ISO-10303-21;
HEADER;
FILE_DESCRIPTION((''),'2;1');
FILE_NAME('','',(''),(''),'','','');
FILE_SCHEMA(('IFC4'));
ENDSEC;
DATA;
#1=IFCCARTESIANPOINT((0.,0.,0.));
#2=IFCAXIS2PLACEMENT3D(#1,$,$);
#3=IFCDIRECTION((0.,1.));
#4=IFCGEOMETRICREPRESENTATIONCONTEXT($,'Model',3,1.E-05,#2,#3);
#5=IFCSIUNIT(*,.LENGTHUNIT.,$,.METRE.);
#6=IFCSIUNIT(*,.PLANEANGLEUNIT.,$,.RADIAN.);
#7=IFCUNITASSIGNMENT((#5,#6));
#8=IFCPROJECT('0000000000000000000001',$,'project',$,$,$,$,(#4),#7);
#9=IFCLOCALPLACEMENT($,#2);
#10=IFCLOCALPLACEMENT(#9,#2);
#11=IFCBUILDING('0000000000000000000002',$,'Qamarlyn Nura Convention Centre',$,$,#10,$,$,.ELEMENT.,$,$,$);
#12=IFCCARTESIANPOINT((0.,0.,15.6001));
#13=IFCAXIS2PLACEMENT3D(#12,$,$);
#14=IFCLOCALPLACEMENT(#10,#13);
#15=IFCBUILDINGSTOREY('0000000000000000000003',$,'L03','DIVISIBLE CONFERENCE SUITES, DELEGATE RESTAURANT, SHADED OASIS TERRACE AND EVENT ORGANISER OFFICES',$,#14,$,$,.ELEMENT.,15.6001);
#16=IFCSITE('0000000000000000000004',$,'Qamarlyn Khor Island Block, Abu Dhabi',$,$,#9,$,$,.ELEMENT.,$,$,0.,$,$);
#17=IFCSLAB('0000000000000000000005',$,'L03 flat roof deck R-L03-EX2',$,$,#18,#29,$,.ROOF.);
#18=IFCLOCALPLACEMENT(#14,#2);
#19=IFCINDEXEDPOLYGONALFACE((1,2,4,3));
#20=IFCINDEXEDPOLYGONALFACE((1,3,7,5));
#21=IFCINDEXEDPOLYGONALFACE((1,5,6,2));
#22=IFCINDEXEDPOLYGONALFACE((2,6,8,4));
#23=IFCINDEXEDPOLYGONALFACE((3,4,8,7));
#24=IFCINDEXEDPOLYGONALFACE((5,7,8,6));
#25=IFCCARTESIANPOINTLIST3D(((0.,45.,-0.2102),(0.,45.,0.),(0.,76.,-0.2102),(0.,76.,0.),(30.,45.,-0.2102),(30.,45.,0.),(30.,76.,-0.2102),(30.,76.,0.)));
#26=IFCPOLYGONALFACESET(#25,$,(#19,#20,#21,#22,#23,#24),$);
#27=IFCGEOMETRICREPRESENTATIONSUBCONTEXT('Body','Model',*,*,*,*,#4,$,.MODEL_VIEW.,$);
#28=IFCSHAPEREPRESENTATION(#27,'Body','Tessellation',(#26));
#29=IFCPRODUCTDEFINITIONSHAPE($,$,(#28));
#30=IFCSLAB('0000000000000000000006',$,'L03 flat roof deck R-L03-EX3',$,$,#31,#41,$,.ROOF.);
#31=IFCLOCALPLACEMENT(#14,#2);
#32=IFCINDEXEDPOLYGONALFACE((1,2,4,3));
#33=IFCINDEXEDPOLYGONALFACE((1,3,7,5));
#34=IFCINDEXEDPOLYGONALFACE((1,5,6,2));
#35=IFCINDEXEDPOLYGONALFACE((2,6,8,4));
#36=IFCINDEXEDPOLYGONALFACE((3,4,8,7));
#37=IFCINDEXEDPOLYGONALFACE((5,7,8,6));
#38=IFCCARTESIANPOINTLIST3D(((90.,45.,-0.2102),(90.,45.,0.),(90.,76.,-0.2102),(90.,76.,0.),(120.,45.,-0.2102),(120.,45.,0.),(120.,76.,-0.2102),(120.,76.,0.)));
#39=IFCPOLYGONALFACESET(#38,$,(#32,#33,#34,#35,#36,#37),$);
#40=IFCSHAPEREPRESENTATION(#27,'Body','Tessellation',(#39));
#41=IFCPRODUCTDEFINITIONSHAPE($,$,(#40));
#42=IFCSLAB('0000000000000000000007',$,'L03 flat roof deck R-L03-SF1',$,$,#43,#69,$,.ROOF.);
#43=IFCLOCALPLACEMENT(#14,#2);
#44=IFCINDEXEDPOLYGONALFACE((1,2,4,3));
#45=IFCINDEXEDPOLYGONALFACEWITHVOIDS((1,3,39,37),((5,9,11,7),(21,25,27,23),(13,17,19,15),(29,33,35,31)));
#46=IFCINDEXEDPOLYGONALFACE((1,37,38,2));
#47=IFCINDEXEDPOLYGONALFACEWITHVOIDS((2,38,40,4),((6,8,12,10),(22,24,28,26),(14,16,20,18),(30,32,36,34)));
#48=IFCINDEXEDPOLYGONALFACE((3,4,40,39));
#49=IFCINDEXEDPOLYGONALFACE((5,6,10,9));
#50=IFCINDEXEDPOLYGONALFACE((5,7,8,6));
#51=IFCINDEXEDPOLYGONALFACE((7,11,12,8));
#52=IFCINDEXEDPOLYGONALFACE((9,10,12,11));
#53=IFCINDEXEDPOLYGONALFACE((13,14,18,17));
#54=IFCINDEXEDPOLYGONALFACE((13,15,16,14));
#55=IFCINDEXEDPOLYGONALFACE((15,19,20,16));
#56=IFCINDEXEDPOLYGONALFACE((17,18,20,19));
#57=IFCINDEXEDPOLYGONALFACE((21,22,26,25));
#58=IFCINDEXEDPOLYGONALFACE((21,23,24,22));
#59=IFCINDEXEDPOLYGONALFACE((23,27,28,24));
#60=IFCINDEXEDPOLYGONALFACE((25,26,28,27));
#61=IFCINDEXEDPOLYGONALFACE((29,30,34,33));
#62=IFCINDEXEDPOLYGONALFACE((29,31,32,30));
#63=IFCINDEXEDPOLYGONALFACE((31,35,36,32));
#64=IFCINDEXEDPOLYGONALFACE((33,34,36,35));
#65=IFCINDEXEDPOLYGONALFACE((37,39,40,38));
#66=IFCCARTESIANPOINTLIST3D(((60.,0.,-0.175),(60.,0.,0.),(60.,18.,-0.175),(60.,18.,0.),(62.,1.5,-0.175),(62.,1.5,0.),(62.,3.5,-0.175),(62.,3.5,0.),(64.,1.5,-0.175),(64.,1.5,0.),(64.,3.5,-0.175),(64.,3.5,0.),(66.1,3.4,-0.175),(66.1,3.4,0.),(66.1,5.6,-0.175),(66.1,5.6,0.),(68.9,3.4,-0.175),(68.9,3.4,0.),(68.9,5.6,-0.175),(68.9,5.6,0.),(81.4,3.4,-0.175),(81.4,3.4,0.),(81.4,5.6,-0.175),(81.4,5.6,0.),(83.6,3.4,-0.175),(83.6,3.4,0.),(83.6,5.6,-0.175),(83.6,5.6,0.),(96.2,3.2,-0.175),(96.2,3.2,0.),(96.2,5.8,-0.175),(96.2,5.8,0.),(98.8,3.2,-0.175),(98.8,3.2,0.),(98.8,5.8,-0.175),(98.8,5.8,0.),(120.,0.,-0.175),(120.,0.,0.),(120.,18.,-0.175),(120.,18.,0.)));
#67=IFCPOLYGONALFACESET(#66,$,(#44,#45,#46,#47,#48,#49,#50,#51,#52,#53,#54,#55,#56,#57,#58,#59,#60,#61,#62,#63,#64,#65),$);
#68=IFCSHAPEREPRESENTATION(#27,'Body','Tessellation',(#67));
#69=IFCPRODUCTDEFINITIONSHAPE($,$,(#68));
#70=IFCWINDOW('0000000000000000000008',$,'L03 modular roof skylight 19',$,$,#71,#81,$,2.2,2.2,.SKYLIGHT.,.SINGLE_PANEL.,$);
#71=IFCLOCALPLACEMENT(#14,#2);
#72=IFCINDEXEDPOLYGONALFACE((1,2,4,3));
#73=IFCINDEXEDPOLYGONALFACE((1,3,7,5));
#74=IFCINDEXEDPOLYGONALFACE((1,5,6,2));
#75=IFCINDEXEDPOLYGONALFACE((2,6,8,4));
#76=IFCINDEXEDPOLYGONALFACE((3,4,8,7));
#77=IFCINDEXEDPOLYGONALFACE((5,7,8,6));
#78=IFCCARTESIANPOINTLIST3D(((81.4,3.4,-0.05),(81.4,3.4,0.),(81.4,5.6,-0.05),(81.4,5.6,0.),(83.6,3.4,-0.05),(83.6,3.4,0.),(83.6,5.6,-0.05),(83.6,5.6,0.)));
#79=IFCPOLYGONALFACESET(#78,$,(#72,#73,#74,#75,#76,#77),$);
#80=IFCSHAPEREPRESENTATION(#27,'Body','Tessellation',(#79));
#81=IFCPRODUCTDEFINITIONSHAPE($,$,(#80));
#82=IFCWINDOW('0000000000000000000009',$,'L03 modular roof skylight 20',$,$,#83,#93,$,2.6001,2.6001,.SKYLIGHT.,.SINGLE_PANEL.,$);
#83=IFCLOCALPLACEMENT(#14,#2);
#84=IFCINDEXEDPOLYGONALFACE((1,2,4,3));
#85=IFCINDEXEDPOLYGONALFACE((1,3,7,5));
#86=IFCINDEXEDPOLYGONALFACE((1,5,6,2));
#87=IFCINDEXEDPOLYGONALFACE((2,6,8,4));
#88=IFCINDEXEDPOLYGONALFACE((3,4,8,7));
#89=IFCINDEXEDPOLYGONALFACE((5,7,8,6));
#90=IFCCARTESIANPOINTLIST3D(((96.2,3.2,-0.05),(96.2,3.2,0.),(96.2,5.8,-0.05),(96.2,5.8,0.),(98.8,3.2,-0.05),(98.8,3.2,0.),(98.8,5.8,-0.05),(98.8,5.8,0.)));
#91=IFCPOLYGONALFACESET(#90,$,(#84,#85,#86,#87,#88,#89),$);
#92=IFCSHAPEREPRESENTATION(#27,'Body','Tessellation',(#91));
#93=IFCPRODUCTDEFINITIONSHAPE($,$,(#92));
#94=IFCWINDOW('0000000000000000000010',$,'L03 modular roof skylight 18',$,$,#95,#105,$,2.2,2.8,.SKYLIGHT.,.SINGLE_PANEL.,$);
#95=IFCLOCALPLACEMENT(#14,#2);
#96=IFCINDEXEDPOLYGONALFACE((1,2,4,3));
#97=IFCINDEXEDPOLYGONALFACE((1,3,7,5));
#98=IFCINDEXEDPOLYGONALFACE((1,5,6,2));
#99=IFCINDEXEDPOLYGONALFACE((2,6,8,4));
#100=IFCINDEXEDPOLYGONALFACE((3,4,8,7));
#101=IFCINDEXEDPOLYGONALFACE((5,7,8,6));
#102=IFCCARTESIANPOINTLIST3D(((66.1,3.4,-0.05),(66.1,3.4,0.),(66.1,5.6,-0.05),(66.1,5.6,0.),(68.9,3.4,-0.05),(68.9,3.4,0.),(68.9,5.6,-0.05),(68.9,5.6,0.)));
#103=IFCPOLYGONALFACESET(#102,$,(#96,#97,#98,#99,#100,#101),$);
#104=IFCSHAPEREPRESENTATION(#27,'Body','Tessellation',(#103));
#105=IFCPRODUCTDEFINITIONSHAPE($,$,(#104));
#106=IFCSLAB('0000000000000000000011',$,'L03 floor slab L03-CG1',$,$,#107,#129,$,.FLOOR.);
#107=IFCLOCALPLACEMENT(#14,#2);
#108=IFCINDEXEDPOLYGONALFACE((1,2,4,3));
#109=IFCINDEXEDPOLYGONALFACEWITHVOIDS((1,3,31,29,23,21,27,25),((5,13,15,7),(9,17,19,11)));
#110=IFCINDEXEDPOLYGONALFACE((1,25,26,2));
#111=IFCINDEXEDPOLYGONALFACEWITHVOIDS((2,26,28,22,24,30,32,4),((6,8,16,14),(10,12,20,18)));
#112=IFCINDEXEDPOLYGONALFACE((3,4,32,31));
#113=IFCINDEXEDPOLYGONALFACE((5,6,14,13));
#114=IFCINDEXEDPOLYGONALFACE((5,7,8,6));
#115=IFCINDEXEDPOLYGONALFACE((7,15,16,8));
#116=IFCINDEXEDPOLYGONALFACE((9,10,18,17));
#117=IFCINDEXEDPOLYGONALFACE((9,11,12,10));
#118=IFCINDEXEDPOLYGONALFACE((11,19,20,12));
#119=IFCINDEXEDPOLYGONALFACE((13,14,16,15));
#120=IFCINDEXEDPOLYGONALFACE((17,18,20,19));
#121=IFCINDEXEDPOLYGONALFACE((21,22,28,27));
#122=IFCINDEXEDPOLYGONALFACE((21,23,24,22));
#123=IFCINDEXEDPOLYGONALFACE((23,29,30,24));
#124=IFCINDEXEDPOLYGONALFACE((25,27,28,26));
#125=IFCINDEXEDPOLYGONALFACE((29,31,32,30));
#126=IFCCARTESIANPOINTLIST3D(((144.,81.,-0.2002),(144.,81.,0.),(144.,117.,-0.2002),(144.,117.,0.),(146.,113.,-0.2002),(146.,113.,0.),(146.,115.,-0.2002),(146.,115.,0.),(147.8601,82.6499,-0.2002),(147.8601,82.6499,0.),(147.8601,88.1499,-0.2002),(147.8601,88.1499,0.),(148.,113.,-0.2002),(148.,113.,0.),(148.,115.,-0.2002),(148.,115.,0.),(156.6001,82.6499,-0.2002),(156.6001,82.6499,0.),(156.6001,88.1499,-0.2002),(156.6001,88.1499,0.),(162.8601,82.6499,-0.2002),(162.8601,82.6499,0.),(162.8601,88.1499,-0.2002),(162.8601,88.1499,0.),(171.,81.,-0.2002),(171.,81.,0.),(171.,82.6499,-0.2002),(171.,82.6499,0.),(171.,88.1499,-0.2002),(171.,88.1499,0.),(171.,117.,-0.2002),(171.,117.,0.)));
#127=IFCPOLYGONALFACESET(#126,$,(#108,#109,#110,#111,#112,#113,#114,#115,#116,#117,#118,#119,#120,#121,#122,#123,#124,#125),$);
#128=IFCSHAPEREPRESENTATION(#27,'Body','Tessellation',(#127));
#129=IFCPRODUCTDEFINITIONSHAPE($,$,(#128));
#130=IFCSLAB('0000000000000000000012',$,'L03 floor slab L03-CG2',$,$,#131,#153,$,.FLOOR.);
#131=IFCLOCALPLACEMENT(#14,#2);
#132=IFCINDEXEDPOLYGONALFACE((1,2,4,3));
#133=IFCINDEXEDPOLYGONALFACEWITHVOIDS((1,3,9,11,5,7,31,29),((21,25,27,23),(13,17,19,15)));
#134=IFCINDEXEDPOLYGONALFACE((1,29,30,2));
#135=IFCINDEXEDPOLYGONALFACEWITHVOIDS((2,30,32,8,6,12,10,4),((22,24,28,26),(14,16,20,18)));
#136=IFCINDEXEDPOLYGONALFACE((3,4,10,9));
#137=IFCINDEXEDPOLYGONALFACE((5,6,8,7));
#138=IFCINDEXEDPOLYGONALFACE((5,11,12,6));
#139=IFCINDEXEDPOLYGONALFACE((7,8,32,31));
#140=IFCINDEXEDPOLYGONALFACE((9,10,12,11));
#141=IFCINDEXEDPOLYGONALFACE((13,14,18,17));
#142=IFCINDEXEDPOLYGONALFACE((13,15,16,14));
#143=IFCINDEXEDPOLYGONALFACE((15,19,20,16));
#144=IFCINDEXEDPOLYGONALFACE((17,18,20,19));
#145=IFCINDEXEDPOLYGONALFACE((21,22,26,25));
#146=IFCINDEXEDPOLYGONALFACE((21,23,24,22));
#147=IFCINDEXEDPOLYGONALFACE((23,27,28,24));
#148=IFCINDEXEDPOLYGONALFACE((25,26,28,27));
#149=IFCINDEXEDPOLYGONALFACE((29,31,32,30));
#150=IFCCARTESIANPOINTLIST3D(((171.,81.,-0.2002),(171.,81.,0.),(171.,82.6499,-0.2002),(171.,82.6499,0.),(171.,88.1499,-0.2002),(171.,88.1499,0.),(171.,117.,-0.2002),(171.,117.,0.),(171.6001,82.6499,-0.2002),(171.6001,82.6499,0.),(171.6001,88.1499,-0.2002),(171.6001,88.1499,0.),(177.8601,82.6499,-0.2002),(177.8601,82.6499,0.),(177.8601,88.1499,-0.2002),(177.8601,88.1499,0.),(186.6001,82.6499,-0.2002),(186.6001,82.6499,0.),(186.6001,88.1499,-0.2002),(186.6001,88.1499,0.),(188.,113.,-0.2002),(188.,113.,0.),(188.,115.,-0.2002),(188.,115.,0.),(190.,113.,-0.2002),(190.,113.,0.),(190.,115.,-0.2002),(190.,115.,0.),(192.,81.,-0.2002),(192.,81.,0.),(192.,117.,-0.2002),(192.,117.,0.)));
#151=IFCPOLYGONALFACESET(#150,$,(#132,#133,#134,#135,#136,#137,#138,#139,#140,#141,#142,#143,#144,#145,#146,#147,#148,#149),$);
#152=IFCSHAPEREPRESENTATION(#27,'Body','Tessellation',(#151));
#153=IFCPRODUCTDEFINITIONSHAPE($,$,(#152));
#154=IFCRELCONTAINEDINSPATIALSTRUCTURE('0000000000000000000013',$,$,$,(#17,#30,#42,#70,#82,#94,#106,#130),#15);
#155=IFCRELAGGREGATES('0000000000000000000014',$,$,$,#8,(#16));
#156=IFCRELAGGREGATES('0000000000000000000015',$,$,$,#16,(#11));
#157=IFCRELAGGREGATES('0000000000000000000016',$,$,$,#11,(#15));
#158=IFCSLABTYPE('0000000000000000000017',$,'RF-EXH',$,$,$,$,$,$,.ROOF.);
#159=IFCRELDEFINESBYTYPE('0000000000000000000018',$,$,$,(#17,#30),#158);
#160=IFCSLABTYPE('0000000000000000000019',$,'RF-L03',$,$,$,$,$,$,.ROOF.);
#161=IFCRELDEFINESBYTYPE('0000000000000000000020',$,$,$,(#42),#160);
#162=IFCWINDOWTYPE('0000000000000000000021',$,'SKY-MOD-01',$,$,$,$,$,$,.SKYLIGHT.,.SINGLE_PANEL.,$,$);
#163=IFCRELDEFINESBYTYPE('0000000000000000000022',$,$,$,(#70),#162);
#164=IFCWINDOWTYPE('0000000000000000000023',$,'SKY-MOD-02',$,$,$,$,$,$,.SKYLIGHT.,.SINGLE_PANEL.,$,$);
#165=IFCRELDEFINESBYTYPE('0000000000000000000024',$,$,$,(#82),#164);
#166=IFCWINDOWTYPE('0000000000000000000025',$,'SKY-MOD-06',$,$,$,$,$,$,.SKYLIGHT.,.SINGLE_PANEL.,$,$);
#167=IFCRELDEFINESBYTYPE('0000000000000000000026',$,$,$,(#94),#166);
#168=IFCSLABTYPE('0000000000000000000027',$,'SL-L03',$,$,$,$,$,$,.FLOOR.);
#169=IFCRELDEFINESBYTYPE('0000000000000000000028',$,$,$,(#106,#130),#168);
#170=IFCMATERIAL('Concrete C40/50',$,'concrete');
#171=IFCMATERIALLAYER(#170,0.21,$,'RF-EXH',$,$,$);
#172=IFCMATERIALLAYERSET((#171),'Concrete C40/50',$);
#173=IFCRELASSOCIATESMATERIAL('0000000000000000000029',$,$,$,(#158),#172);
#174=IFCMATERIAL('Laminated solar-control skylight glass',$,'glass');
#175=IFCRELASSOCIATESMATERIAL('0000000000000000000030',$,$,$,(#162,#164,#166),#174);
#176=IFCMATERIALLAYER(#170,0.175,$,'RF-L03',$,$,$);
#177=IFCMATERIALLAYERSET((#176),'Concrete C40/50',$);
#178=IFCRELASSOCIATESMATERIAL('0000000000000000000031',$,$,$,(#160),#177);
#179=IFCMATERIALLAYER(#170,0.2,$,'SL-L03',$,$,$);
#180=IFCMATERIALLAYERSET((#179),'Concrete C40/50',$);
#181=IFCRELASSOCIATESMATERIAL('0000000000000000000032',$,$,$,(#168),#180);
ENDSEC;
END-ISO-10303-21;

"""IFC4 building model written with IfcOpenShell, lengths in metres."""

from ifc_helpers import new_model, si_unit, direction, frame, origin, origin_2d, place, context, subcontext, project, spatial, polyline, rectangle, outline, extrude, material, layer, layer_set, type_object, element, fill, save


model = new_model("IFC4")

# Units and contexts
model_context = context("Model", 3, precision=1e-05, world=origin(), true_north=direction((0.0, 1.0)))
body_context = subcontext(model_context, "Body", "Model", "MODEL_VIEW")
ifc_project = project(units=[si_unit("LENGTHUNIT", "METRE"), si_unit("PLANEANGLEUNIT", "RADIAN")], contexts=[model_context])

# Site, building, storey
site_placement = place(None, origin())
site = spatial("IfcSite", under=ifc_project, at=site_placement, Name="Qamarlyn Khor Island Block, Abu Dhabi", CompositionType="ELEMENT", RefElevation=0.0)
building_placement = place(site_placement, origin())
building = spatial("IfcBuilding", under=site, at=building_placement, Name="Qamarlyn Nura Convention Centre", CompositionType="ELEMENT")
storey_placement = place(building_placement, frame((0.0, 0.0, 15.6001)))
storey = spatial("IfcBuildingStorey", under=building, at=storey_placement, Name="L03", Description="DIVISIBLE CONFERENCE SUITES, DELEGATE RESTAURANT, SHADED OASIS TERRACE AND EVENT ORGANISER OFFICES", CompositionType="ELEMENT", Elevation=15.6001)

# Shared definitions
ifc_material_1 = material(Name="Concrete C40/50", Category="concrete")
ifc_layer_1 = layer(ifc_material_1, 0.21, Name="RF-EXH")
ifc_layer_set_1 = layer_set([ifc_layer_1], Name="Concrete C40/50")
slab_type_1 = type_object("IfcSlabType", Name="RF-EXH", PredefinedType="ROOF", material=ifc_layer_set_1)
ifc_material_2 = material(Name="Laminated solar-control skylight glass", Category="glass")
window_type_1 = type_object("IfcWindowType", Name="SKY-MOD-01", PartitioningType="SINGLE_PANEL", PredefinedType="SKYLIGHT", material=ifc_material_2)
window_type_2 = type_object("IfcWindowType", Name="SKY-MOD-02", PartitioningType="SINGLE_PANEL", PredefinedType="SKYLIGHT", material=ifc_material_2)
window_type_3 = type_object("IfcWindowType", Name="SKY-MOD-06", PartitioningType="SINGLE_PANEL", PredefinedType="SKYLIGHT", material=ifc_material_2)

# Slabs
slab_1_placement = place(storey_placement, frame((0.0, 0.0, -0.2102)))
element("IfcSlab", 1, at=slab_1_placement, inside=storey, type_object=slab_type_1, Name="L03 flat roof deck R-L03-EX2", PredefinedType="ROOF", context=body_context, shape_type="SweptSolid", body=[
    extrude(outline(polyline([(30.0, 45.0), (30.0, 76.0), (0.0, 76.0), (0.0, 45.0), (30.0, 45.0)])), origin(), (0.0, 0.0, 1.0), 0.2102),
])
slab_2_placement = place(storey_placement, frame((0.0, 0.0, -0.2102)))
element("IfcSlab", 2, at=slab_2_placement, inside=storey, type_object=slab_type_1, Name="L03 flat roof deck R-L03-EX3", PredefinedType="ROOF", context=body_context, shape_type="SweptSolid", body=[
    extrude(outline(polyline([(120.0, 45.0), (120.0, 76.0), (90.0, 76.0), (90.0, 45.0), (120.0, 45.0)])), origin(), (0.0, 0.0, 1.0), 0.2102),
])

# Slab, openings, windows
ifc_layer_2 = layer(ifc_material_1, 0.175, Name="RF-L03")
ifc_layer_set_2 = layer_set([ifc_layer_2], Name="Concrete C40/50")
slab_type_2 = type_object("IfcSlabType", Name="RF-L03", PredefinedType="ROOF", material=ifc_layer_set_2)
slab_3_placement = place(storey_placement, frame((0.0, 0.0, -0.175)))
slab_3 = element("IfcSlab", 3, at=slab_3_placement, inside=storey, type_object=slab_type_2, Name="L03 flat roof deck R-L03-SF1", PredefinedType="ROOF", context=body_context, shape_type="SweptSolid", body=[
    extrude(outline(polyline([(60.0, 0.0), (60.0, 18.0), (120.0, 18.0), (120.0, 0.0), (60.0, 0.0)]), holes=[polyline([(64.0, 3.5), (62.0, 3.5), (62.0, 1.5), (64.0, 1.5), (64.0, 3.5)])]), origin(), (0.0, 0.0, 1.0), 0.175),
])
opening_1_placement = place(slab_3_placement, frame((67.5, 4.5, 0.0)))
opening_1 = element("IfcOpeningElement", 4, at=opening_1_placement, cuts=slab_3, PredefinedType="OPENING", context=body_context, shape_type="SweptSolid", body=[
    extrude(rectangle(XDim=2.8, YDim=2.2, at=origin_2d()), frame((0.0, 0.0, -0.01)), (0.0, 0.0, 1.0), 0.1951),
])
opening_2_placement = place(slab_3_placement, frame((82.5, 4.5, 0.0)))
opening_2 = element("IfcOpeningElement", 5, at=opening_2_placement, cuts=slab_3, PredefinedType="OPENING", context=body_context, shape_type="SweptSolid", body=[
    extrude(rectangle(XDim=2.2, YDim=2.2, at=origin_2d()), frame((0.0, 0.0, -0.01)), (0.0, 0.0, 1.0), 0.1951),
])
opening_3_placement = place(slab_3_placement, frame((97.5, 4.5, 0.0)))
opening_3 = element("IfcOpeningElement", 6, at=opening_3_placement, cuts=slab_3, PredefinedType="OPENING", context=body_context, shape_type="SweptSolid", body=[
    extrude(rectangle(XDim=2.6001, YDim=2.6001, at=origin_2d()), frame((0.0, 0.0, -0.01)), (0.0, 0.0, 1.0), 0.1951),
])
window_1_placement = place(opening_2_placement, frame((0.0, 0.0, 0.125)))
window_1 = element("IfcWindow", 7, at=window_1_placement, inside=storey, type_object=window_type_1, Name="L03 modular roof skylight 19", OverallHeight=2.2, OverallWidth=2.2, PartitioningType="SINGLE_PANEL", PredefinedType="SKYLIGHT", context=body_context, shape_type="SweptSolid", body=[
    extrude(rectangle(XDim=2.2, YDim=2.2, at=origin_2d()), origin(), (0.0, 0.0, 1.0), 0.05),
])
fill(opening_2, window_1)
window_2_placement = place(opening_3_placement, frame((0.0, 0.0, 0.125)))
window_2 = element("IfcWindow", 8, at=window_2_placement, inside=storey, type_object=window_type_2, Name="L03 modular roof skylight 20", OverallHeight=2.6001, OverallWidth=2.6001, PartitioningType="SINGLE_PANEL", PredefinedType="SKYLIGHT", context=body_context, shape_type="SweptSolid", body=[
    extrude(rectangle(XDim=2.6001, YDim=2.6001, at=origin_2d()), origin(), (0.0, 0.0, 1.0), 0.05),
])
fill(opening_3, window_2)
window_3_placement = place(opening_1_placement, frame((0.0, 0.0, 0.125)))
window_3 = element("IfcWindow", 9, at=window_3_placement, inside=storey, type_object=window_type_3, Name="L03 modular roof skylight 18", OverallHeight=2.2, OverallWidth=2.8, PartitioningType="SINGLE_PANEL", PredefinedType="SKYLIGHT", context=body_context, shape_type="SweptSolid", body=[
    extrude(rectangle(XDim=2.8, YDim=2.2, at=origin_2d()), origin(), (0.0, 0.0, 1.0), 0.05),
])
fill(opening_1, window_3)

# Slabs
ifc_layer_3 = layer(ifc_material_1, 0.2, Name="SL-L03")
ifc_layer_set_3 = layer_set([ifc_layer_3], Name="Concrete C40/50")
slab_type_3 = type_object("IfcSlabType", Name="SL-L03", PredefinedType="FLOOR", material=ifc_layer_set_3)
slab_4_placement = place(storey_placement, frame((0.0, 0.0, -0.2002)))
element("IfcSlab", 10, at=slab_4_placement, inside=storey, type_object=slab_type_3, Name="L03 floor slab L03-CG1", PredefinedType="FLOOR", context=body_context, shape_type="SweptSolid", body=[
    extrude(outline(polyline([(144.0, 117.0), (171.0, 117.0), (171.0, 88.1499), (162.8601, 88.1499), (162.8601, 82.6499), (171.0, 82.6499), (171.0, 81.0), (144.0, 81.0), (144.0, 117.0)]), holes=[polyline([(146.0, 115.0), (146.0, 113.0), (148.0, 113.0), (148.0, 115.0), (146.0, 115.0)]), polyline([(147.8601, 82.6499), (156.6001, 82.6499), (156.6001, 88.1499), (147.8601, 88.1499), (147.8601, 82.6499)])]), origin(), (0.0, 0.0, 1.0), 0.2002),
])
slab_5_placement = place(storey_placement, frame((0.0, 0.0, -0.2002)))
element("IfcSlab", 11, at=slab_5_placement, inside=storey, type_object=slab_type_3, Name="L03 floor slab L03-CG2", PredefinedType="FLOOR", context=body_context, shape_type="SweptSolid", body=[
    extrude(outline(polyline([(171.0, 82.6499), (171.6001, 82.6499), (171.6001, 88.1499), (171.0, 88.1499), (171.0, 117.0), (192.0, 117.0), (192.0, 81.0), (171.0, 81.0), (171.0, 82.6499)]), holes=[polyline([(188.0, 115.0), (188.0, 113.0), (190.0, 113.0), (190.0, 115.0), (188.0, 115.0)]), polyline([(177.8601, 82.6499), (186.6001, 82.6499), (186.6001, 88.1499), (177.8601, 88.1499), (177.8601, 82.6499)])]), origin(), (0.0, 0.0, 1.0), 0.2002),
])

save(model, "model.ifc")
